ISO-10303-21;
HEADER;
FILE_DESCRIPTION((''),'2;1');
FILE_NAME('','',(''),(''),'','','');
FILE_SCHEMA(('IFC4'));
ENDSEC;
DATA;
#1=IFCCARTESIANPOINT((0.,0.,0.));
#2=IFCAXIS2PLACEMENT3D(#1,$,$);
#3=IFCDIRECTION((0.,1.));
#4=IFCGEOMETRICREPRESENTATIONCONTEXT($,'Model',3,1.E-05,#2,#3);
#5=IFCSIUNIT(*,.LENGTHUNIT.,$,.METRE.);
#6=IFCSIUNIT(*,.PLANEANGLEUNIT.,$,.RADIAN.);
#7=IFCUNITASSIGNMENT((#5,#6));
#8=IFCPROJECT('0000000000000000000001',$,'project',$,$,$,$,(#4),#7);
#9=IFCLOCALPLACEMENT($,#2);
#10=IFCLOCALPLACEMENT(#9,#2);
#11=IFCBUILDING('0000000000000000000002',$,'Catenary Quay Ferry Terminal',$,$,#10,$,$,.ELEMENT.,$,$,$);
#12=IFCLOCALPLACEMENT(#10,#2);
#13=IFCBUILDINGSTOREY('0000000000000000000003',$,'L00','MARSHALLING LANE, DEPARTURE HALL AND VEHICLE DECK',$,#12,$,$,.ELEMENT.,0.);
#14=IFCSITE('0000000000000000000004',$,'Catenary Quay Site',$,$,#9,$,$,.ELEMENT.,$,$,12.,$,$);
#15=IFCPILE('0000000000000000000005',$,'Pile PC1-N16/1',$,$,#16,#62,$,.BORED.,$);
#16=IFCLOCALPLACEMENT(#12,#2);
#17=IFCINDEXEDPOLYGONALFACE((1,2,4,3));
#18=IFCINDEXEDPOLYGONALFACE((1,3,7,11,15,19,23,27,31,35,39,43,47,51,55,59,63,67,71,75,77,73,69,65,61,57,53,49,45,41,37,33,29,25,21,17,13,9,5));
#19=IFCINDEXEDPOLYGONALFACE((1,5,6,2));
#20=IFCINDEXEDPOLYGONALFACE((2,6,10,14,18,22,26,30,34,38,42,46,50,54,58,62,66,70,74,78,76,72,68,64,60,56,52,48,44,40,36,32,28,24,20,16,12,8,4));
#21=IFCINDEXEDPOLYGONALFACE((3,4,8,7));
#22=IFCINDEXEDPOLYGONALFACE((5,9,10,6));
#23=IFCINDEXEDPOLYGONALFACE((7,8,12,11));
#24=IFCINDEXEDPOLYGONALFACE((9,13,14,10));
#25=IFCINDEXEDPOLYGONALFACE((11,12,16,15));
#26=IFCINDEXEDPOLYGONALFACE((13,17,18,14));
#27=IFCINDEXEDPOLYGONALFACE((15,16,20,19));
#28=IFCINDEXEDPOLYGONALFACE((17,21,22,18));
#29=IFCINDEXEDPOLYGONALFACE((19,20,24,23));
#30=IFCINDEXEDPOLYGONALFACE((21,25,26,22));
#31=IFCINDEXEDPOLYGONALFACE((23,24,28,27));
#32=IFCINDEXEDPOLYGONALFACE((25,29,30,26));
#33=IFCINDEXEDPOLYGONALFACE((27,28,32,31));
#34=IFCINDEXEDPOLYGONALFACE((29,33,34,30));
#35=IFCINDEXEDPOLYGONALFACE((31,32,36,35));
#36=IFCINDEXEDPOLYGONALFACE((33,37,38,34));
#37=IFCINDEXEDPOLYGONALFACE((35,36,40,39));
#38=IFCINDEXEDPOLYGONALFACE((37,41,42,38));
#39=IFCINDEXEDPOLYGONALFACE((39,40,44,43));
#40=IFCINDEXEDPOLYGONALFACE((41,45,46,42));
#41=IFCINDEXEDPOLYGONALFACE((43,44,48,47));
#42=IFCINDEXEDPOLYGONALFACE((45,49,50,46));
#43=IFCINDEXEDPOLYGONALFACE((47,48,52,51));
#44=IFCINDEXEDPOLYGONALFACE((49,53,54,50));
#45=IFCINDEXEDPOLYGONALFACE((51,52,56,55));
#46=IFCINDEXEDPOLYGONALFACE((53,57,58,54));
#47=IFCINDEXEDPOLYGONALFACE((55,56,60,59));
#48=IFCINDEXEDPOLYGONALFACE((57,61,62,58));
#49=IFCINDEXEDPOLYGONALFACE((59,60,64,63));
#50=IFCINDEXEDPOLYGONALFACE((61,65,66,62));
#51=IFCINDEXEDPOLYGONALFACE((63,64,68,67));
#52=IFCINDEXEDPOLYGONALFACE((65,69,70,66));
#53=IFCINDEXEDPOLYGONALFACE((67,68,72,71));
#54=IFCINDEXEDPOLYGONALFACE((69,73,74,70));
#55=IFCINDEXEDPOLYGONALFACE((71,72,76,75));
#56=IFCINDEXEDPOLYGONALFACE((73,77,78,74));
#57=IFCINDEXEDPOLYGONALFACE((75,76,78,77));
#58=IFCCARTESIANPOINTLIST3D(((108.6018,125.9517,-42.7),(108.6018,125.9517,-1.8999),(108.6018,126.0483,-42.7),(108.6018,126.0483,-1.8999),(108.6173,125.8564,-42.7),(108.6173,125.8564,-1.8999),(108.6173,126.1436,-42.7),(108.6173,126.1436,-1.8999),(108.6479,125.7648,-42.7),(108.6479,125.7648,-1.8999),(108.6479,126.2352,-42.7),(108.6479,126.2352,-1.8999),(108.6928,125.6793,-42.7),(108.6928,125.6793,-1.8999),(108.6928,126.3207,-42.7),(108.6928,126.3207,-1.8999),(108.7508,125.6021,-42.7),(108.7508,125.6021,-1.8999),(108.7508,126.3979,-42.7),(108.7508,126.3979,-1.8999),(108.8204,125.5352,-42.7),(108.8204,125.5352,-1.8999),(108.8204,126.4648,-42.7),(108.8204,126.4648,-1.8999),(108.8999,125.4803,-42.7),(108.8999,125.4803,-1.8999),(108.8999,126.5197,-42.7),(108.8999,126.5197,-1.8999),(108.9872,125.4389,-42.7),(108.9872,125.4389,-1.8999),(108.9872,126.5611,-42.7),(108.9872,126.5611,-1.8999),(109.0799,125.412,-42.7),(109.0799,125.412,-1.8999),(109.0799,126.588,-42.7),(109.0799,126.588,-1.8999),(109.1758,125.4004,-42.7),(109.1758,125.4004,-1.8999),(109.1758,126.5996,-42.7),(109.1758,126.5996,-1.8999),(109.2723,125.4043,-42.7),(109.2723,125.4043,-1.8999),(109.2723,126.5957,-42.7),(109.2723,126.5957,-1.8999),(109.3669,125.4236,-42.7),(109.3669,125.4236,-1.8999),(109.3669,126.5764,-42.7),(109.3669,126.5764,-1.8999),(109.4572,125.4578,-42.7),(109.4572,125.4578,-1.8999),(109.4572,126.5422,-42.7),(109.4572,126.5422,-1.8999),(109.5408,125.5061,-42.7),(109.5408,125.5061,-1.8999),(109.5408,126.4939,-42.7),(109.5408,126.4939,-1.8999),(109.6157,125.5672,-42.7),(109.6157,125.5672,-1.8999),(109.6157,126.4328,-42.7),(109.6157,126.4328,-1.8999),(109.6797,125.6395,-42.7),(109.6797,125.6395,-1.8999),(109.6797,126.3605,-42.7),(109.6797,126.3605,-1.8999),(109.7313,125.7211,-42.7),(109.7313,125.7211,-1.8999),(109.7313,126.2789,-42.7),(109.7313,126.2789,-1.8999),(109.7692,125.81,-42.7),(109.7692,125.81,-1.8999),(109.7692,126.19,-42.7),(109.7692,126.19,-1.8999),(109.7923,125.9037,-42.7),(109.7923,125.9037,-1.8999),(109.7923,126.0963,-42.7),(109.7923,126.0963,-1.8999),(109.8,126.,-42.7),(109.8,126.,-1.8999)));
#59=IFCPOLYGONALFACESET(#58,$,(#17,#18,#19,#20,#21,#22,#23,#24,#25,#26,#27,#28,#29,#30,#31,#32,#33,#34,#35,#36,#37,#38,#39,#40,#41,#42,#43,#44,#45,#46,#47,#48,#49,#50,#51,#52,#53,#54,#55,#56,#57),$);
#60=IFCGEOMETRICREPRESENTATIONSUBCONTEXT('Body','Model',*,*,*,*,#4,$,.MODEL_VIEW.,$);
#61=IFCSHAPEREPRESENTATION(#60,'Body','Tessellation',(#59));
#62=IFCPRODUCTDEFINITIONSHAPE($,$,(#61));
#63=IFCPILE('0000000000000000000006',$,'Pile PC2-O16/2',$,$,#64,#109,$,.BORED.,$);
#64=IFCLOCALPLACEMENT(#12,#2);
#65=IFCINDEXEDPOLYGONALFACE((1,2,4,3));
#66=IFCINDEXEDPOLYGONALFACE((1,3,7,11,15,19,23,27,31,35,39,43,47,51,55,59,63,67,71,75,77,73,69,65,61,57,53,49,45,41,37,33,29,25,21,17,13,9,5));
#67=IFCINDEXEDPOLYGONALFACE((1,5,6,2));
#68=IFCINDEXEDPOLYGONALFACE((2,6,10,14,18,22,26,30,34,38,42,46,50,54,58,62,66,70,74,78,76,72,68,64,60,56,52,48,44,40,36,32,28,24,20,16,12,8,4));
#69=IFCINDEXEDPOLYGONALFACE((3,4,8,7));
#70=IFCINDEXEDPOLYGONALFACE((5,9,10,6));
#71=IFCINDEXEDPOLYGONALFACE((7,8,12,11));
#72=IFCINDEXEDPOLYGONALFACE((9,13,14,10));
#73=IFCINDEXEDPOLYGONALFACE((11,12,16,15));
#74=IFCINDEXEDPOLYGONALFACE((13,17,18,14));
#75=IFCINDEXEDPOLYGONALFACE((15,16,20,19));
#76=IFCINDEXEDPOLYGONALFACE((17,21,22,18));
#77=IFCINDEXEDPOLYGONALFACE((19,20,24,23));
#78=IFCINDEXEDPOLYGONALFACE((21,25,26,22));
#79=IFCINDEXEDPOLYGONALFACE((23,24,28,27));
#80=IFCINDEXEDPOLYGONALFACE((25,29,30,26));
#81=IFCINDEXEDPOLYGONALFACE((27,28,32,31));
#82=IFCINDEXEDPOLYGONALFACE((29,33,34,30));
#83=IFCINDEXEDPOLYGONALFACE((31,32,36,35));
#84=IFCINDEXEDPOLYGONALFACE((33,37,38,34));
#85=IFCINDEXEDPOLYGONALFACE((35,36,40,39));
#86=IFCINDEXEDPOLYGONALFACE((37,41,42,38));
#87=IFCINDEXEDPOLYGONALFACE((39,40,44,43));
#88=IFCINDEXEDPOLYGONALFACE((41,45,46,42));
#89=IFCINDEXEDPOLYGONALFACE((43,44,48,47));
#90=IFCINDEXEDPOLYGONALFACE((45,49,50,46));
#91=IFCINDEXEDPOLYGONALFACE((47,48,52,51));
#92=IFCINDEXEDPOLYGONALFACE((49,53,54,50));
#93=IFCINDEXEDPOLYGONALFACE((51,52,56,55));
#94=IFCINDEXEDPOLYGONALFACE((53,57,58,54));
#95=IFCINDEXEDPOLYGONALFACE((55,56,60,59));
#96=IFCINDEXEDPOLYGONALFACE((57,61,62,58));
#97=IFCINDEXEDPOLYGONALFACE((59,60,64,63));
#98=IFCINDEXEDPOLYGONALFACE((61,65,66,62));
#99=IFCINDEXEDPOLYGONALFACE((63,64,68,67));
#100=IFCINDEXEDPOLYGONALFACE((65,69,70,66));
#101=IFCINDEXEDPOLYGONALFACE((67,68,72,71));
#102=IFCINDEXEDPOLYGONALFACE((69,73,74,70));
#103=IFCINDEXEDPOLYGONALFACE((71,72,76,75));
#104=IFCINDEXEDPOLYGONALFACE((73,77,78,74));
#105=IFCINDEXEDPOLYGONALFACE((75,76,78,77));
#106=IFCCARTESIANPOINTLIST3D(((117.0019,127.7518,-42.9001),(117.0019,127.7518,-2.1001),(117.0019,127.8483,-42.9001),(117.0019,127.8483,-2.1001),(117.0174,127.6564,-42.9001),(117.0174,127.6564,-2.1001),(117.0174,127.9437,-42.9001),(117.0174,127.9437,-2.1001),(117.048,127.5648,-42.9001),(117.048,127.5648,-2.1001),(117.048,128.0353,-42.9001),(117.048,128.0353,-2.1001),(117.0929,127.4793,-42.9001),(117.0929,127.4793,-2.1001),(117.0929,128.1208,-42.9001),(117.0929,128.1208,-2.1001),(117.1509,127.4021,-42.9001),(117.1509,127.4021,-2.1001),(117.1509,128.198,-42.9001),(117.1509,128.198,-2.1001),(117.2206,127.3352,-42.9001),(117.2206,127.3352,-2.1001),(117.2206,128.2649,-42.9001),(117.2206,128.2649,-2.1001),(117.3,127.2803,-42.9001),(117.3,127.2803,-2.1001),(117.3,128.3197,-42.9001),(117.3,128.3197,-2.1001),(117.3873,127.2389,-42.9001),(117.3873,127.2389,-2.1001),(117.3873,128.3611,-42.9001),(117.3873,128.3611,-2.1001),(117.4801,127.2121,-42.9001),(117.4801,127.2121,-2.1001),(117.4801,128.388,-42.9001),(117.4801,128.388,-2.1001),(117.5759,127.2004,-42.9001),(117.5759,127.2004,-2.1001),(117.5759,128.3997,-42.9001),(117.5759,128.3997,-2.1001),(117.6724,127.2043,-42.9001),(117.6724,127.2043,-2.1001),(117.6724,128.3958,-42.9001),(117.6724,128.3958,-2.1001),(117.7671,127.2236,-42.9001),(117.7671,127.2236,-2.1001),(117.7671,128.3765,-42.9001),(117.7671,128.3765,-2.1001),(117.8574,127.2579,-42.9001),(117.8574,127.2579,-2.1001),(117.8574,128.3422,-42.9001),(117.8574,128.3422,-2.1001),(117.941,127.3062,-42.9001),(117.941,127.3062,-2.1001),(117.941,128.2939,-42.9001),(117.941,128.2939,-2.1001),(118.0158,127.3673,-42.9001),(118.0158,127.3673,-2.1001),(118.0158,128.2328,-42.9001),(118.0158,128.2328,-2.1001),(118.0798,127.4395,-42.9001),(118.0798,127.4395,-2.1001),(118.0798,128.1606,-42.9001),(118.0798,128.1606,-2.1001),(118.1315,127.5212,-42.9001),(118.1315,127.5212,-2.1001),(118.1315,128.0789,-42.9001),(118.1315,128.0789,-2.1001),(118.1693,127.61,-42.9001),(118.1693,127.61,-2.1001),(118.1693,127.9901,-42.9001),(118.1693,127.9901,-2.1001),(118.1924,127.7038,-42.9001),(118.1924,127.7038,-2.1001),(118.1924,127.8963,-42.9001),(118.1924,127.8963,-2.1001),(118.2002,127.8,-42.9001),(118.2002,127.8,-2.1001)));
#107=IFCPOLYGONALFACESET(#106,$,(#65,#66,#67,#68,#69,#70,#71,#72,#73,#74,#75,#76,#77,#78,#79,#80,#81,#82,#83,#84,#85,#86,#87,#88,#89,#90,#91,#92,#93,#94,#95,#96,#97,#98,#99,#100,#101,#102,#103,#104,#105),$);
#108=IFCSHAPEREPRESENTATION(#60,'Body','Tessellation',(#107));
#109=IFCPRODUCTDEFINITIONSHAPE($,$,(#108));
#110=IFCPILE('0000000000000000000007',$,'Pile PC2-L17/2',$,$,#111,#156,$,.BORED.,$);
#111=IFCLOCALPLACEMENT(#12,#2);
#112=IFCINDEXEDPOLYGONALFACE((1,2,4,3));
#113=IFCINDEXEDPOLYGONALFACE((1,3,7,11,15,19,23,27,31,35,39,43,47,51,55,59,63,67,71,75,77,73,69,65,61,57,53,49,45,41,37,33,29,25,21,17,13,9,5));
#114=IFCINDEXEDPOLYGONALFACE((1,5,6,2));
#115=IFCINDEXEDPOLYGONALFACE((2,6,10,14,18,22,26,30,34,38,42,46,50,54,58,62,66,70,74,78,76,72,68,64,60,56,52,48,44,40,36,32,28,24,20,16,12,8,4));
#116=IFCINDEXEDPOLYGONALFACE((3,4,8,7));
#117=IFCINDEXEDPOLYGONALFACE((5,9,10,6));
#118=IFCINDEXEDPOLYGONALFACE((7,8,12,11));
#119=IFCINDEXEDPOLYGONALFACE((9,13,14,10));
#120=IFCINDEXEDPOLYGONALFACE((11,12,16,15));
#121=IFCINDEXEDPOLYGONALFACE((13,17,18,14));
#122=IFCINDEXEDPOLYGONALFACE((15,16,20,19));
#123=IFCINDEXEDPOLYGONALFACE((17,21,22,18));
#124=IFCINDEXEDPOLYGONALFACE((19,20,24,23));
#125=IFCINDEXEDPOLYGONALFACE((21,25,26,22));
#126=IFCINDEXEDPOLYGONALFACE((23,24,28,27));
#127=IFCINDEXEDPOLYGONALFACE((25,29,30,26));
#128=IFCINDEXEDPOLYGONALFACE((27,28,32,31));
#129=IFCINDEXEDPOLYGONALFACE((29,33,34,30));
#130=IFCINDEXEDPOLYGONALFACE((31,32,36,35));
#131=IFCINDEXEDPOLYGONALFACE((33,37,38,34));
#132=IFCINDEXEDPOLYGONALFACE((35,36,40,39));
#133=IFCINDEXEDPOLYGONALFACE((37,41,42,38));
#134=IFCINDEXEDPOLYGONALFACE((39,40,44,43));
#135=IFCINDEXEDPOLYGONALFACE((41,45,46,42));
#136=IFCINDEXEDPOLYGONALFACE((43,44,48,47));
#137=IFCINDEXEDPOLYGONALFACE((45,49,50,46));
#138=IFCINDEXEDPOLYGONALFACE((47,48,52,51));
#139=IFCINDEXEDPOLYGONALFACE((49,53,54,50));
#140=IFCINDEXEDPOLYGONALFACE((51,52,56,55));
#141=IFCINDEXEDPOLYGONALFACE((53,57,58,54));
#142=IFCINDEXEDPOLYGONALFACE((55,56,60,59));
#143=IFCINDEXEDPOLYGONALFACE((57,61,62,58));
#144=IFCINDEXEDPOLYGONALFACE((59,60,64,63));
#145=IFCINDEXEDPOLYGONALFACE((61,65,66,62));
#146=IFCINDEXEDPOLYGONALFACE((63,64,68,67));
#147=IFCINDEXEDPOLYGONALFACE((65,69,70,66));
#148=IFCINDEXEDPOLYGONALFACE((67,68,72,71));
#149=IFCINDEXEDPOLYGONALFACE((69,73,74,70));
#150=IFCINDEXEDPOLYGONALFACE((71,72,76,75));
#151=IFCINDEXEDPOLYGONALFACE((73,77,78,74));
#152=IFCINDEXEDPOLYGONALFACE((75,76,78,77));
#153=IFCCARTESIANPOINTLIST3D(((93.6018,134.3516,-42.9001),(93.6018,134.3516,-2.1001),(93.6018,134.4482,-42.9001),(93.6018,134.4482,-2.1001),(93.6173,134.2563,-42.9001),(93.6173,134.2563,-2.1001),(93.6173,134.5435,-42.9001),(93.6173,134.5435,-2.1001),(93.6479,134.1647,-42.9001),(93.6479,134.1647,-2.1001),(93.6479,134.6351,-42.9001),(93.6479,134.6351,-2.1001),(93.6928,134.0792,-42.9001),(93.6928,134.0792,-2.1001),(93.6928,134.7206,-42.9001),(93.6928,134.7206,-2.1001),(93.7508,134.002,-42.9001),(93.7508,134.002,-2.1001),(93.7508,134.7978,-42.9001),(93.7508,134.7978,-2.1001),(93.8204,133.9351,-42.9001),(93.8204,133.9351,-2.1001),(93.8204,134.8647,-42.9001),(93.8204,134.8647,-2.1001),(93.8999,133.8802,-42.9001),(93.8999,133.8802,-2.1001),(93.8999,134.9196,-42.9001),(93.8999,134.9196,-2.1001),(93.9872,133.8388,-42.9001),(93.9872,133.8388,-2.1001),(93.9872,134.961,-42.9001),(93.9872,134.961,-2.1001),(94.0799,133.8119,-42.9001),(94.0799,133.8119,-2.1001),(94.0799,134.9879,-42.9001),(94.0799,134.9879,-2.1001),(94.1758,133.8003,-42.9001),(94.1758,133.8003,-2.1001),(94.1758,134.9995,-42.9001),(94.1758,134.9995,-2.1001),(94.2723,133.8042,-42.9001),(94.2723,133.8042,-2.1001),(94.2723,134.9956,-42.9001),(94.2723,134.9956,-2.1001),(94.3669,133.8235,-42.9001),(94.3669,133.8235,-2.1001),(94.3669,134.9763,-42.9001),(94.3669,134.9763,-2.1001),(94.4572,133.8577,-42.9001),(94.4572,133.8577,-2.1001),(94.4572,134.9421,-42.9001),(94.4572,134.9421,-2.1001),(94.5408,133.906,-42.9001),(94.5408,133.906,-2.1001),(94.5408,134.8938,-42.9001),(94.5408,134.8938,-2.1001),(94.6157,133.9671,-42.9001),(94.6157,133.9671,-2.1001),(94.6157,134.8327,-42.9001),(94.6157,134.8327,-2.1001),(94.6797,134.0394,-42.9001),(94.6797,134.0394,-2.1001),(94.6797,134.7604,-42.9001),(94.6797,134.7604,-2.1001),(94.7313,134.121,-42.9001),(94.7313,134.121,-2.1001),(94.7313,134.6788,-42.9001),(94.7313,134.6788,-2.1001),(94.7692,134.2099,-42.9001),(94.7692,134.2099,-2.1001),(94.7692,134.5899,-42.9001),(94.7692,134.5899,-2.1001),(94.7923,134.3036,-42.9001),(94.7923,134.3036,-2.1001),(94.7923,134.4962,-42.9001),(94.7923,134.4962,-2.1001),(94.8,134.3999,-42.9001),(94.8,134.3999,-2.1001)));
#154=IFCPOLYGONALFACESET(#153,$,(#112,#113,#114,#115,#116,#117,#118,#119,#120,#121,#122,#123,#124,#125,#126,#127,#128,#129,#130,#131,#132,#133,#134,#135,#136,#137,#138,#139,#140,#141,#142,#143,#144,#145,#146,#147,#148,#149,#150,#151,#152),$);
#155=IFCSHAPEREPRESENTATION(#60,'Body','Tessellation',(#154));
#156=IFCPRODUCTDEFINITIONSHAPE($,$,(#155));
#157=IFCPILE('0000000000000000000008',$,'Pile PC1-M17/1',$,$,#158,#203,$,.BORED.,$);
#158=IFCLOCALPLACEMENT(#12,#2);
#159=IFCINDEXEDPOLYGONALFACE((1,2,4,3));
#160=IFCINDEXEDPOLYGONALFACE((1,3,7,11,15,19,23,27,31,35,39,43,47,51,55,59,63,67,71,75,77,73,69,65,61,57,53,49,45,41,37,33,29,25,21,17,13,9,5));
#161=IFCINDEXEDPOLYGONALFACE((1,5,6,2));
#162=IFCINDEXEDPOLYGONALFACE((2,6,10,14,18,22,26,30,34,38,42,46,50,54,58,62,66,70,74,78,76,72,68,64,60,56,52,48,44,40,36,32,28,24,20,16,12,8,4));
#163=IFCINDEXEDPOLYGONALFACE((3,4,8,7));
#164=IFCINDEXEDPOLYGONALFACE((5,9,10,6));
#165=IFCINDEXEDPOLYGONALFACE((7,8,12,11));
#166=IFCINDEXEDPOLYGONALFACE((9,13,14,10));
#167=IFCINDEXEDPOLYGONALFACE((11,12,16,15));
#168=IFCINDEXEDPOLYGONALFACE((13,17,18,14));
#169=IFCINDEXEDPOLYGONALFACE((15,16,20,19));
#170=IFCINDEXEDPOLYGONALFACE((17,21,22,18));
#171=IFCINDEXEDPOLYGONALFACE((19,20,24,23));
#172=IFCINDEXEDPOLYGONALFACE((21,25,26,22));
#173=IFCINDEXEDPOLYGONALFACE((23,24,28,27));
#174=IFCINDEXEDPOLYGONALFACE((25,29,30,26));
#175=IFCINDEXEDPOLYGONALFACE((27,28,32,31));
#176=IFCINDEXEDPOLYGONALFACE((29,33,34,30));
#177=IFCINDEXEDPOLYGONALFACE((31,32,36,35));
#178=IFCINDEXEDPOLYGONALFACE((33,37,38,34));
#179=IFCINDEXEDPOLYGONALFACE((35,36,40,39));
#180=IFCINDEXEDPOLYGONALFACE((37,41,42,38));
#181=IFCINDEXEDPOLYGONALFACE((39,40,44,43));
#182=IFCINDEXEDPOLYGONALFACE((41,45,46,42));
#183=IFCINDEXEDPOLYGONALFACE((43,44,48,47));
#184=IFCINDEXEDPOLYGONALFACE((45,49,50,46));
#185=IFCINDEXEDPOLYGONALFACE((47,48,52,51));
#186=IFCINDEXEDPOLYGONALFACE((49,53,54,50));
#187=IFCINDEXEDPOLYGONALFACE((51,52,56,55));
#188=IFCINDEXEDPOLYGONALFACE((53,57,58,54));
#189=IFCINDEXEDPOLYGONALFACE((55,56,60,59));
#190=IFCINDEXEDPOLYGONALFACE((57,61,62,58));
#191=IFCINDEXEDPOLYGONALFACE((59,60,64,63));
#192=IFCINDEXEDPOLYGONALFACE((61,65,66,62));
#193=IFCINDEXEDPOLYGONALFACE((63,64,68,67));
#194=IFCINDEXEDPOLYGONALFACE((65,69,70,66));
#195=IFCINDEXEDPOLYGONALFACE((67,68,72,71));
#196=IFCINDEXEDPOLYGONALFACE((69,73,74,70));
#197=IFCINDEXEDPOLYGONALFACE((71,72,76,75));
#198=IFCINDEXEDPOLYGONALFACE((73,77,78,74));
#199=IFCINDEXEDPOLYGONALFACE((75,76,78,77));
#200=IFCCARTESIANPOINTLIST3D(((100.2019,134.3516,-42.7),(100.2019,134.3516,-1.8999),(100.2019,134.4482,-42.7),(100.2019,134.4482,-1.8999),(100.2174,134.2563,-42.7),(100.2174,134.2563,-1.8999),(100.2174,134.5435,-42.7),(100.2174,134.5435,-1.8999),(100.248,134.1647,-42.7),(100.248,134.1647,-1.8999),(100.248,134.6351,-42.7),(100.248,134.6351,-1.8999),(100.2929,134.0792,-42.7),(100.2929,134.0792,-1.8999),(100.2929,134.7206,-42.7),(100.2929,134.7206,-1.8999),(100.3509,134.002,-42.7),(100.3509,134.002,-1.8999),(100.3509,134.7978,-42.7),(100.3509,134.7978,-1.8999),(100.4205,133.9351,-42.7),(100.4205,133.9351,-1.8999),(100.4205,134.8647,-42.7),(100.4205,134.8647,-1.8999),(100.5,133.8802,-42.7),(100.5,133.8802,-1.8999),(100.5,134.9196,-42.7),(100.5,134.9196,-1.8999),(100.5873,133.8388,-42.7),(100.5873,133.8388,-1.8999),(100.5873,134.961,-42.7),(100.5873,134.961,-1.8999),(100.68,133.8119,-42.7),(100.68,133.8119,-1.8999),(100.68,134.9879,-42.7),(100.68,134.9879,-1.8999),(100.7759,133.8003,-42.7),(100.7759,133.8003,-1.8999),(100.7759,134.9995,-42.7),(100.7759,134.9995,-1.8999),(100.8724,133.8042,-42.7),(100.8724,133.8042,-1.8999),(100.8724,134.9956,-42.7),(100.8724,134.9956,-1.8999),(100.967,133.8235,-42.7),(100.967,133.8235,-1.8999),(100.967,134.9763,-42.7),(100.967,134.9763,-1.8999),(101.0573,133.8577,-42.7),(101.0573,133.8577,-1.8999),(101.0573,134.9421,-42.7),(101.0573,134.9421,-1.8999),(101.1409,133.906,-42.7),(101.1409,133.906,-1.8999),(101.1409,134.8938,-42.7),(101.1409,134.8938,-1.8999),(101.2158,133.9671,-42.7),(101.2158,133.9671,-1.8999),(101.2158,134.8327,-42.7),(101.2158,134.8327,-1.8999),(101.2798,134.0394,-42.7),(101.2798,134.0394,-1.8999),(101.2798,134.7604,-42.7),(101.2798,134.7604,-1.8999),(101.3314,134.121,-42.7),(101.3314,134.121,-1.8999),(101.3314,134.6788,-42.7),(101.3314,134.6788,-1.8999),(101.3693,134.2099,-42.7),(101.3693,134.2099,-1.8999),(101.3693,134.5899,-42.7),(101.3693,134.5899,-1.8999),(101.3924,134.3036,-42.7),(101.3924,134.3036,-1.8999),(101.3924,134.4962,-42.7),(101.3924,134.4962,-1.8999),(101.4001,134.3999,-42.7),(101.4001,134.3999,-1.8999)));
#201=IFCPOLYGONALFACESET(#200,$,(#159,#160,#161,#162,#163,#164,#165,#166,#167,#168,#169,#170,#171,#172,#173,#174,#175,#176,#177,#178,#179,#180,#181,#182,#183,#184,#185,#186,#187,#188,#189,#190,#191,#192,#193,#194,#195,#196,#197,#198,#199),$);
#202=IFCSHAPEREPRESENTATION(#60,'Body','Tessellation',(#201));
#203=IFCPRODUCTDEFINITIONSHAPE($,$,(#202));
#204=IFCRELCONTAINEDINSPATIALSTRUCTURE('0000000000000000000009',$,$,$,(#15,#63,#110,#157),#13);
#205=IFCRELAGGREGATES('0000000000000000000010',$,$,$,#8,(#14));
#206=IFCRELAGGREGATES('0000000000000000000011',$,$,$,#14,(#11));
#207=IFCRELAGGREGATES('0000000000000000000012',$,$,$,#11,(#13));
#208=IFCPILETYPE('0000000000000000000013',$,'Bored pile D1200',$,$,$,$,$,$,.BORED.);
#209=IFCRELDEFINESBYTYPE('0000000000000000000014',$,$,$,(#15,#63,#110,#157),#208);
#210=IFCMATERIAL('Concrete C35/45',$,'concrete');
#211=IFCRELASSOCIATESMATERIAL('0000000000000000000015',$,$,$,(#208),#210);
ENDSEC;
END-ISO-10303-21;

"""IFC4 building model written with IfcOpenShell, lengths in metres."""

from ifc_helpers import new_model, si_unit, direction, frame, origin, origin_2d, place, context, subcontext, project, spatial, circle, extrude, material, material_profile, profile_set, type_object, element, save


model = new_model("IFC4")

# Units and contexts
model_context = context("Model", 3, precision=1e-05, world=origin(), true_north=direction((0.0, 1.0)))
body_context = subcontext(model_context, "Body", "Model", "MODEL_VIEW")
ifc_project = project(units=[si_unit("LENGTHUNIT", "METRE"), si_unit("PLANEANGLEUNIT", "RADIAN")], contexts=[model_context])

# Site, building, storey
site_placement = place(None, origin())
site = spatial("IfcSite", under=ifc_project, at=site_placement, Name="Catenary Quay Site", CompositionType="ELEMENT", RefElevation=12.0)
building_placement = place(site_placement, origin())
building = spatial("IfcBuilding", under=site, at=building_placement, Name="Catenary Quay Ferry Terminal", CompositionType="ELEMENT")
storey_placement = place(building_placement, origin())
storey = spatial("IfcBuildingStorey", under=building, at=storey_placement, Name="L00", Description="MARSHALLING LANE, DEPARTURE HALL AND VEHICLE DECK", CompositionType="ELEMENT", Elevation=0.0)

# Piles
ifc_material_1 = material(Name="Concrete C35/45", Category="concrete")
ifc_material_profile_1 = material_profile(ifc_material_1, circle(Radius=0.6001, at=origin_2d()), Name="D1200")
ifc_profile_set_1 = profile_set([ifc_material_profile_1], Name="Concrete C35/45")
pile_type = type_object("IfcPileType", Name="Bored pile D1200", PredefinedType="BORED", material=ifc_profile_set_1)
for number, where, z_axis, x_axis, name in (
    (1, (109.2, 126.0, -1.8999), (0.0, 0.0, -1.0), (1.0, 0.0, 0.0), "Pile PC1-N16/1"),
    (2, (117.6001, 127.8, -2.1001), (0.0, 0.0, -1.0), (1.0, 0.0, 0.0), "Pile PC2-O16/2"),
    (3, (94.2, 134.3999, -2.1001), (0.0, 0.0, -1.0), (1.0, 0.0, 0.0), "Pile PC2-L17/2"),
    (4, (100.8, 134.3999, -1.8999), (0.0, 0.0, -1.0), (1.0, 0.0, 0.0), "Pile PC1-M17/1"),
):
    element("IfcPile", number, at=place(storey_placement, frame(where, z_axis=z_axis, x_axis=x_axis)), inside=storey, type_object=pile_type, Name=name, PredefinedType="BORED", context=body_context, shape_type="SweptSolid", body=[
        extrude(circle(Radius=0.6001, at=origin_2d()), origin(), (0.0, 0.0, 1.0), 40.8),
    ])

save(model, "model.ifc")
